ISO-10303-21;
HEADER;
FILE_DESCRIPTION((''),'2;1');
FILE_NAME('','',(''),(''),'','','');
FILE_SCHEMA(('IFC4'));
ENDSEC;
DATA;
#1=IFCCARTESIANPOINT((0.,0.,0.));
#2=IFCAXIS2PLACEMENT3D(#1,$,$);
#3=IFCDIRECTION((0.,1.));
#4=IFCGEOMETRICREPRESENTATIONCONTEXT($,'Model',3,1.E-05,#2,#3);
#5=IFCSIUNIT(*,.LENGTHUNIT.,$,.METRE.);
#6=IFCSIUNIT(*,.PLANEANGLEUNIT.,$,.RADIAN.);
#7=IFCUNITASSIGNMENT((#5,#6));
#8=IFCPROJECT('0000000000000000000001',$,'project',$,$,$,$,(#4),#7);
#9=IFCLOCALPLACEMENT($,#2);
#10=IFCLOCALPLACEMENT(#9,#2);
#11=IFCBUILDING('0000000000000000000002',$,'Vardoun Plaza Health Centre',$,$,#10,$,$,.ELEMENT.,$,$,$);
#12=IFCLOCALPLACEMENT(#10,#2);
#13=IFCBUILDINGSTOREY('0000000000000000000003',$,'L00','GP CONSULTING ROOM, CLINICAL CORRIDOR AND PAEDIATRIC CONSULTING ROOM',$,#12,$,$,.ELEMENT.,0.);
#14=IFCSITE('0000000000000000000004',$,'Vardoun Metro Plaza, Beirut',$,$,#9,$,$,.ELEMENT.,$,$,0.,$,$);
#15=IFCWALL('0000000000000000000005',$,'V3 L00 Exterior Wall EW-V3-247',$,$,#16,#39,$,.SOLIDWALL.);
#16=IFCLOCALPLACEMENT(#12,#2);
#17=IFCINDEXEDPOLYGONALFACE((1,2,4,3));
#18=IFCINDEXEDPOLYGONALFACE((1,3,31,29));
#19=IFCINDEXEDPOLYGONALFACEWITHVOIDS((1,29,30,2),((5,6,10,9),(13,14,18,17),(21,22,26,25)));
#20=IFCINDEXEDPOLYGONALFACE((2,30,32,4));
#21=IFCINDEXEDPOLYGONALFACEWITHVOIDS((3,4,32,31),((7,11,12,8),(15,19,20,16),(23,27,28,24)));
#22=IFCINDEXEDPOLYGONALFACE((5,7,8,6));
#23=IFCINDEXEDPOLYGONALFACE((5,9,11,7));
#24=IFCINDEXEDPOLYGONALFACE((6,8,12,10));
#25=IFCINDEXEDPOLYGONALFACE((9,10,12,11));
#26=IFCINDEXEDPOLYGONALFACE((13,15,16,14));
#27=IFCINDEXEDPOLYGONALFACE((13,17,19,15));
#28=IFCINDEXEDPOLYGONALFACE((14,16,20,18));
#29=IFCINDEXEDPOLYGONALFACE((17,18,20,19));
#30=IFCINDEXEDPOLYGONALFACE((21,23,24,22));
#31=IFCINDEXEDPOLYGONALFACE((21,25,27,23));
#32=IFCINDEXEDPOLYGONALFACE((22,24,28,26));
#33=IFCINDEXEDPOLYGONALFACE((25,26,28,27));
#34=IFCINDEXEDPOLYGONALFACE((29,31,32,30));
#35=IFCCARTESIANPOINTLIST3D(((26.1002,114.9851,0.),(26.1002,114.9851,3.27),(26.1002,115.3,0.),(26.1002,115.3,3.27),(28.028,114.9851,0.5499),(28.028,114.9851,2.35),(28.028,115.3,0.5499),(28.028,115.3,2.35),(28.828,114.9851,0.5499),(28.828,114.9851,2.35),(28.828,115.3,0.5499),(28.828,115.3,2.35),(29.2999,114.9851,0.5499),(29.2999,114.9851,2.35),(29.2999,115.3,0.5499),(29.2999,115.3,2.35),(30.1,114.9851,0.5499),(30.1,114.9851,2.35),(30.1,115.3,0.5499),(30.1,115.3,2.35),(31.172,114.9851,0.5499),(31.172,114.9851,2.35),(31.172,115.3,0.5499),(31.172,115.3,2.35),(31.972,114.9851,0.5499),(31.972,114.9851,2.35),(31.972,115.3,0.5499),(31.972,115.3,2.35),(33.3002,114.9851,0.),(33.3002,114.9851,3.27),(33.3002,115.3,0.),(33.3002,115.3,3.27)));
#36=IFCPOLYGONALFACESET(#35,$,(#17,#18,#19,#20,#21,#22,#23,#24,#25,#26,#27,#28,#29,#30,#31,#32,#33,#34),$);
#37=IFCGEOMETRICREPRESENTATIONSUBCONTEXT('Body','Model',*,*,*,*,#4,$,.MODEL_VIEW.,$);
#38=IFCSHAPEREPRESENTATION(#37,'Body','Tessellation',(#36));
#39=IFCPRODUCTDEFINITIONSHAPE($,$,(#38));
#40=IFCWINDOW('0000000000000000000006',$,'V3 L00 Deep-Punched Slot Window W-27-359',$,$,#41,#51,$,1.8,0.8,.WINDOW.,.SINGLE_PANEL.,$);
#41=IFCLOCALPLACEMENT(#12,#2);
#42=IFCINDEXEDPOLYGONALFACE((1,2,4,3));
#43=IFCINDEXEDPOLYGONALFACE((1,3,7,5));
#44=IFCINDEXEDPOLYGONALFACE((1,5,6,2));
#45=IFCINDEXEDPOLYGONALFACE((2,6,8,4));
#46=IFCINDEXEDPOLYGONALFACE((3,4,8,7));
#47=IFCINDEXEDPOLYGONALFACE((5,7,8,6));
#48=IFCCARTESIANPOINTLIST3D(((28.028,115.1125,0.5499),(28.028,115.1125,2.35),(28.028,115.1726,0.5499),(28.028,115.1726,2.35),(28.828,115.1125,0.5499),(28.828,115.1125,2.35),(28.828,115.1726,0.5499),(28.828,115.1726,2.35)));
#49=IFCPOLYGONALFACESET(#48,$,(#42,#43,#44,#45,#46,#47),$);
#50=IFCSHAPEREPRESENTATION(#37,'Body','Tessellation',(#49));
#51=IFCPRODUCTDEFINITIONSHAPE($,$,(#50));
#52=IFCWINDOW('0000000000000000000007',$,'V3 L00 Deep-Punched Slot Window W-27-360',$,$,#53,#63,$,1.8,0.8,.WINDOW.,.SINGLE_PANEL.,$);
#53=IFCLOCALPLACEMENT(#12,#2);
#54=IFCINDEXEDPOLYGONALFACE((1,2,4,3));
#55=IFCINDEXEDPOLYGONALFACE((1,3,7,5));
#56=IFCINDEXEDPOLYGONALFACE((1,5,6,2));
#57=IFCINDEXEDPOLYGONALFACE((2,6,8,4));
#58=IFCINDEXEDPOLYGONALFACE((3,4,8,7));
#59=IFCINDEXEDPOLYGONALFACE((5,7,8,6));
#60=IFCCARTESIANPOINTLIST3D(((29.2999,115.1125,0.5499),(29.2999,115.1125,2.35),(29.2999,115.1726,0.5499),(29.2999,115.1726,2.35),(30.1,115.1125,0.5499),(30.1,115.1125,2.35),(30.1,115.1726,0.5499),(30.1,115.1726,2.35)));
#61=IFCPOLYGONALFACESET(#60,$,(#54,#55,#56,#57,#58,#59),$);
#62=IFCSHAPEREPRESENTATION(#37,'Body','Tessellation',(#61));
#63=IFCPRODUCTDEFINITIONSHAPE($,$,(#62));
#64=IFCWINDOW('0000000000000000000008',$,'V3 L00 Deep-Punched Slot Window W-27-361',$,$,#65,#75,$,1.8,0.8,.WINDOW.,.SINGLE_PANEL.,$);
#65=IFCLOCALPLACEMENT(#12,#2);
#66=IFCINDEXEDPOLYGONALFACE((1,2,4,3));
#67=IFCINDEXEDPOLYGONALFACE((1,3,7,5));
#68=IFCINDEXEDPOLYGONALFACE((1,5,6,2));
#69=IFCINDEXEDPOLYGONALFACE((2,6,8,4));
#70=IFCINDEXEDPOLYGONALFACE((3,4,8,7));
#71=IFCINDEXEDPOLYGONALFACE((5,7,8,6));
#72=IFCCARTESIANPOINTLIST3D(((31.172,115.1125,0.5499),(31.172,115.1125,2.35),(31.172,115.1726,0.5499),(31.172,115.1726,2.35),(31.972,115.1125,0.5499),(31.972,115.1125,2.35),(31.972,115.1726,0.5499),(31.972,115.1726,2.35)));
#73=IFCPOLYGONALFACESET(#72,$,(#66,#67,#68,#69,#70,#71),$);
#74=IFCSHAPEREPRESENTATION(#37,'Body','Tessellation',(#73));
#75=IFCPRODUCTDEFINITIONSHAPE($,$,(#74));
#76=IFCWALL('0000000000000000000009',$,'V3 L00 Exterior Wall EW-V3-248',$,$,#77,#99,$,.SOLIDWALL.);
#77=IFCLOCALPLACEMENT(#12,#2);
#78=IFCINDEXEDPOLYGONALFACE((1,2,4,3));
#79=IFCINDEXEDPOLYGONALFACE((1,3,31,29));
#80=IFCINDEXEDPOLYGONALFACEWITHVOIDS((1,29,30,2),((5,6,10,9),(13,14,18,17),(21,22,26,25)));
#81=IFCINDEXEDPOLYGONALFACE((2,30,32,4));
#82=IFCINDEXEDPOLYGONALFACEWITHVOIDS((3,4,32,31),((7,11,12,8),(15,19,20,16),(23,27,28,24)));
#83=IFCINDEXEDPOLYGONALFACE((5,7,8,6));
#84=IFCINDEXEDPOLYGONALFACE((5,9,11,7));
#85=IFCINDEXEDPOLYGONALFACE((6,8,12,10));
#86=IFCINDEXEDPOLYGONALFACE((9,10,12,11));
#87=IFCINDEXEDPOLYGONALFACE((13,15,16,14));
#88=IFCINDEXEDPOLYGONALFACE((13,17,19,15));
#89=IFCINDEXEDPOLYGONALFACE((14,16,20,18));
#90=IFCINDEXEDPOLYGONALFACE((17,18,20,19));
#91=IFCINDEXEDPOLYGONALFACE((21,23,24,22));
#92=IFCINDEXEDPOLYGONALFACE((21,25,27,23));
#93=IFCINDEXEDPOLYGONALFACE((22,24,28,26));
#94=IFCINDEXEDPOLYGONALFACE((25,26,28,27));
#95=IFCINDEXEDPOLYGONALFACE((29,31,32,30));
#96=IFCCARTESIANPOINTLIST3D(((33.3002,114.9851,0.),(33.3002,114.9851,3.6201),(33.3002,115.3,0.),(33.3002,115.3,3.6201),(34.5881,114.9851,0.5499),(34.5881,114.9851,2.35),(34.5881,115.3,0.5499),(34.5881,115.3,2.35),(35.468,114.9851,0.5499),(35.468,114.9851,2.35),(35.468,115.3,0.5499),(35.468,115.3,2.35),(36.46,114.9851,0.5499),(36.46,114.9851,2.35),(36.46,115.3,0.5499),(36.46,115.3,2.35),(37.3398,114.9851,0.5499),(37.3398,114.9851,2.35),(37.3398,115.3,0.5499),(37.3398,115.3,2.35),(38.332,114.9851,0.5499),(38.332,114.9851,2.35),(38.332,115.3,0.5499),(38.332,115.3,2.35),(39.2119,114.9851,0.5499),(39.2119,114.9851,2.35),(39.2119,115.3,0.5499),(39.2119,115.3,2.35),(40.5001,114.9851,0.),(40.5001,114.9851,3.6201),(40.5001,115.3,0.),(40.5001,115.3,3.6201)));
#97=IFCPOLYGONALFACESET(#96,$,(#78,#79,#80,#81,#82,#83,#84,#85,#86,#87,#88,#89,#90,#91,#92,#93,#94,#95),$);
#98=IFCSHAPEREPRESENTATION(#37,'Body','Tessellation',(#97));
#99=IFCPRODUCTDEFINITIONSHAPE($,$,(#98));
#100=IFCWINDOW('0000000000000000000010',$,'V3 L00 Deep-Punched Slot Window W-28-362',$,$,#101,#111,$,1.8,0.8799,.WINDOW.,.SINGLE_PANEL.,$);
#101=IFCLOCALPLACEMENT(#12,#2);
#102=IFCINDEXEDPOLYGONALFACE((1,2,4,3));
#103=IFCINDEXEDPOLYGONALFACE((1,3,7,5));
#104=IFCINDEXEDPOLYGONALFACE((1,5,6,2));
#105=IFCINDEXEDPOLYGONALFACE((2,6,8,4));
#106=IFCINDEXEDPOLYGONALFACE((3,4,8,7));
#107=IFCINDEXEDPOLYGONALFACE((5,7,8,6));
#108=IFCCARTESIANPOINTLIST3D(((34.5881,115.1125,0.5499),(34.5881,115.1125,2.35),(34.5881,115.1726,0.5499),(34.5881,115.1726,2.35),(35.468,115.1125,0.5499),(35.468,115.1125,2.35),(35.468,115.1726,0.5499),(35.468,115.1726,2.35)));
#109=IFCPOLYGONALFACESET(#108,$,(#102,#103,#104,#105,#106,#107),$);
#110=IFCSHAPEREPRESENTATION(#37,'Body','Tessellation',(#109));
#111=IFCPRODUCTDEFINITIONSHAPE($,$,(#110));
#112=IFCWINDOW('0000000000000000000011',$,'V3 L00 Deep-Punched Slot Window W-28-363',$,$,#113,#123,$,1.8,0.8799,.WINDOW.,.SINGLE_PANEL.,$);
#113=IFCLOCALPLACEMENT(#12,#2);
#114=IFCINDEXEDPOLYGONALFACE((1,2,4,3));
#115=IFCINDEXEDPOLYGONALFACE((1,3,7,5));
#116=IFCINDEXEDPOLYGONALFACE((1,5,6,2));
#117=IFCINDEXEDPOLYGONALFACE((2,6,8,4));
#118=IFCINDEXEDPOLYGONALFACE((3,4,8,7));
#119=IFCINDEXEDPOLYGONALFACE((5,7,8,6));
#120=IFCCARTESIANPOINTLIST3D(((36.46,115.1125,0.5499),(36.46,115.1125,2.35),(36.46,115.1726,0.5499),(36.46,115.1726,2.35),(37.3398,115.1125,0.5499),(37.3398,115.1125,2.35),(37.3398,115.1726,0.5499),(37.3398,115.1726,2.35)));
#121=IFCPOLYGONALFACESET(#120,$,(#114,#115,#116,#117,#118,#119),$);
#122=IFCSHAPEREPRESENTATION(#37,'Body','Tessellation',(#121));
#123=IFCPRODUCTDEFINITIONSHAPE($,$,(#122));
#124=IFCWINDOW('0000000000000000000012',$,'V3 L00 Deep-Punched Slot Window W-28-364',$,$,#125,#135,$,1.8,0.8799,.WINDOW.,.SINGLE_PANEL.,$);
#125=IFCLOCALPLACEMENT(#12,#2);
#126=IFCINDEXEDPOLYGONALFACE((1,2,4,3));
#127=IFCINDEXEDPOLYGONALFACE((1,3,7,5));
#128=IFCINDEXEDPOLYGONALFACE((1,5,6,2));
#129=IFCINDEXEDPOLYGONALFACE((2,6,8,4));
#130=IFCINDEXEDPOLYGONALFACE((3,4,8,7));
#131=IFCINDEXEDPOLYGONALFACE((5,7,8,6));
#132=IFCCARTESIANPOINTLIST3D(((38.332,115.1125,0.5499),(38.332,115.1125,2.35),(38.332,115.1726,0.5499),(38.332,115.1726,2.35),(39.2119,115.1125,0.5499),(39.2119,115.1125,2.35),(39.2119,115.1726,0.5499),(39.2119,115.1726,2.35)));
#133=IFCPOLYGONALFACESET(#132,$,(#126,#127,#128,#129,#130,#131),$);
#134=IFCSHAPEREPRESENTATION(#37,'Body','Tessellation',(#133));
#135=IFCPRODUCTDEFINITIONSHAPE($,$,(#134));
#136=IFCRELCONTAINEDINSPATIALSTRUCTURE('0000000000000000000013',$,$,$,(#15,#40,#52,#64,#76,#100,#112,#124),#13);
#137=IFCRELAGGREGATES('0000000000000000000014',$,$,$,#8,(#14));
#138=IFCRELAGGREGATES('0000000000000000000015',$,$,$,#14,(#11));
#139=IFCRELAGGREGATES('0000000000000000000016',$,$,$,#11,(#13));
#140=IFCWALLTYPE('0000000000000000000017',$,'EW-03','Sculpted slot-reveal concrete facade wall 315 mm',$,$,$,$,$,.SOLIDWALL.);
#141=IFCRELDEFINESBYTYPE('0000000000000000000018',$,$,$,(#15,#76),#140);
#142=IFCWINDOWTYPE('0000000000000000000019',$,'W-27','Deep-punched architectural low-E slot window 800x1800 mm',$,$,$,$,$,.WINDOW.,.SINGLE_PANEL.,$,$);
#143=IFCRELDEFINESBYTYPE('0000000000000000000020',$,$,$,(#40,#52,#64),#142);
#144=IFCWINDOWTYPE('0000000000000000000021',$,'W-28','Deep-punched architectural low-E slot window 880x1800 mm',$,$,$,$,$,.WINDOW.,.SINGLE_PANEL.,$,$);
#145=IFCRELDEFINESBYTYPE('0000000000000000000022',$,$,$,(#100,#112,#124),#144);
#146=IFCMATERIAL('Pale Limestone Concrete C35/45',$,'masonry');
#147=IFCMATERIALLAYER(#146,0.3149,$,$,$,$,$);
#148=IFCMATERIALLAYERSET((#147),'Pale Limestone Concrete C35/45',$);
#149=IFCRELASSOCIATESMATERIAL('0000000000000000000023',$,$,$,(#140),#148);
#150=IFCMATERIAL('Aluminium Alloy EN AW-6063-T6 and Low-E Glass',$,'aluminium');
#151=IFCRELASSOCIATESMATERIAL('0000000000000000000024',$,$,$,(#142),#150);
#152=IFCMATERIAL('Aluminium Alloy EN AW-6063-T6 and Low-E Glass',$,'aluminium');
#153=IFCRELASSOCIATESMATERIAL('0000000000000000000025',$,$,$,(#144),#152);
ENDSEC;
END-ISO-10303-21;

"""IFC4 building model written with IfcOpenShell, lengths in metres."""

from ifc_helpers import new_model, si_unit, direction, frame, frame_2d, origin, place, context, subcontext, project, spatial, rectangle, extrude, material, layer, layer_set, type_object, element, fill, save


model = new_model("IFC4")

# Units and contexts
model_context = context("Model", 3, precision=1e-05, world=origin(), true_north=direction((0.0, 1.0)))
body_context = subcontext(model_context, "Body", "Model", "MODEL_VIEW")
ifc_project = project(units=[si_unit("LENGTHUNIT", "METRE"), si_unit("PLANEANGLEUNIT", "RADIAN")], contexts=[model_context])

# Site, building, storey
site_placement = place(None, origin())
site = spatial("IfcSite", under=ifc_project, at=site_placement, Name="Vardoun Metro Plaza, Beirut", CompositionType="ELEMENT", RefElevation=0.0)
building_placement = place(site_placement, origin())
building = spatial("IfcBuilding", under=site, at=building_placement, Name="Vardoun Plaza Health Centre", CompositionType="ELEMENT")
storey_placement = place(building_placement, origin())
storey = spatial("IfcBuildingStorey", under=building, at=storey_placement, Name="L00", Description="GP CONSULTING ROOM, CLINICAL CORRIDOR AND PAEDIATRIC CONSULTING ROOM", CompositionType="ELEMENT", Elevation=0.0)

# Walls, openings, windows
ifc_material_1 = material(Name="Pale Limestone Concrete C35/45", Category="masonry")
ifc_layer_1 = layer(ifc_material_1, 0.3149)
ifc_layer_set_1 = layer_set([ifc_layer_1], Name="Pale Limestone Concrete C35/45")
wall_type_1 = type_object("IfcWallType", Name="EW-03", Description="Sculpted slot-reveal concrete facade wall 315 mm", PredefinedType="SOLIDWALL", material=ifc_layer_set_1)
wall_1_placement = place(storey_placement, frame((26.1001, 115.1426, 0.0), z_axis=(0.0, 0.0, 1.0), x_axis=(1.0, 0.0, 0.0)))
wall_1 = element("IfcWall", 1, at=wall_1_placement, inside=storey, type_object=wall_type_1, Name="V3 L00 Exterior Wall EW-V3-247", PredefinedType="SOLIDWALL", context=body_context, shape_type="SweptSolid", body=[
    extrude(rectangle(XDim=7.2, YDim=0.3149, at=frame_2d((3.6001, 0.0))), origin(), (0.0, 0.0, 1.0), 3.27),
])
opening_1_placement = place(wall_1_placement, frame((1.928, 0.0, 0.55)))
opening_1 = element("IfcOpeningElement", 2, at=opening_1_placement, cuts=wall_1, PredefinedType="OPENING", context=body_context, shape_type="SweptSolid", body=[
    extrude(rectangle(XDim=0.8, YDim=1.8, at=frame_2d((0.3999, 0.8999))), frame((0.0, 0.1575, 0.0), z_axis=(0.0, -1.0, 0.0), x_axis=(1.0, 0.0, 0.0)), (0.0, 0.0, 1.0), 0.3149),
])
opening_2_placement = place(wall_1_placement, frame((3.2, 0.0, 0.55)))
opening_2 = element("IfcOpeningElement", 3, at=opening_2_placement, cuts=wall_1, PredefinedType="OPENING", context=body_context, shape_type="SweptSolid", body=[
    extrude(rectangle(XDim=0.8, YDim=1.8, at=frame_2d((0.3999, 0.8999))), frame((0.0, 0.1575, 0.0), z_axis=(0.0, -1.0, 0.0), x_axis=(1.0, 0.0, 0.0)), (0.0, 0.0, 1.0), 0.3149),
])
opening_3_placement = place(wall_1_placement, frame((5.072, 0.0, 0.55)))
opening_3 = element("IfcOpeningElement", 4, at=opening_3_placement, cuts=wall_1, PredefinedType="OPENING", context=body_context, shape_type="SweptSolid", body=[
    extrude(rectangle(XDim=0.8, YDim=1.8, at=frame_2d((0.3999, 0.8999))), frame((0.0, 0.1575, 0.0), z_axis=(0.0, -1.0, 0.0), x_axis=(1.0, 0.0, 0.0)), (0.0, 0.0, 1.0), 0.3149),
])
ifc_material_2 = material(Name="Aluminium Alloy EN AW-6063-T6 and Low-E Glass", Category="aluminium")
window_type_1 = type_object("IfcWindowType", Name="W-27", Description="Deep-punched architectural low-E slot window 800x1800 mm", PartitioningType="SINGLE_PANEL", PredefinedType="WINDOW", material=ifc_material_2)
window_1_placement = place(opening_1_placement, origin())
window_1 = element("IfcWindow", 5, at=window_1_placement, inside=storey, type_object=window_type_1, Name="V3 L00 Deep-Punched Slot Window W-27-359", OverallHeight=1.8, OverallWidth=0.8, PartitioningType="SINGLE_PANEL", PredefinedType="WINDOW", context=body_context, shape_type="SweptSolid", body=[
    extrude(rectangle(XDim=0.8, YDim=1.8, at=frame_2d((0.3999, 0.8999))), frame((0.0, 0.03, 0.0), z_axis=(0.0, -1.0, 0.0), x_axis=(1.0, 0.0, 0.0)), (0.0, 0.0, 1.0), 0.0601),
])
fill(opening_1, window_1)
window_2_placement = place(opening_2_placement, origin())
window_2 = element("IfcWindow", 6, at=window_2_placement, inside=storey, type_object=window_type_1, Name="V3 L00 Deep-Punched Slot Window W-27-360", OverallHeight=1.8, OverallWidth=0.8, PartitioningType="SINGLE_PANEL", PredefinedType="WINDOW", context=body_context, shape_type="SweptSolid", body=[
    extrude(rectangle(XDim=0.8, YDim=1.8, at=frame_2d((0.3999, 0.8999))), frame((0.0, 0.03, 0.0), z_axis=(0.0, -1.0, 0.0), x_axis=(1.0, 0.0, 0.0)), (0.0, 0.0, 1.0), 0.0601),
])
fill(opening_2, window_2)
window_3_placement = place(opening_3_placement, origin())
window_3 = element("IfcWindow", 7, at=window_3_placement, inside=storey, type_object=window_type_1, Name="V3 L00 Deep-Punched Slot Window W-27-361", OverallHeight=1.8, OverallWidth=0.8, PartitioningType="SINGLE_PANEL", PredefinedType="WINDOW", context=body_context, shape_type="SweptSolid", body=[
    extrude(rectangle(XDim=0.8, YDim=1.8, at=frame_2d((0.3999, 0.8999))), frame((0.0, 0.03, 0.0), z_axis=(0.0, -1.0, 0.0), x_axis=(1.0, 0.0, 0.0)), (0.0, 0.0, 1.0), 0.0601),
])
fill(opening_3, window_3)
wall_2_placement = place(storey_placement, frame((33.3, 115.1426, 0.0), z_axis=(0.0, 0.0, 1.0), x_axis=(1.0, 0.0, 0.0)))
wall_2 = element("IfcWall", 8, at=wall_2_placement, inside=storey, type_object=wall_type_1, Name="V3 L00 Exterior Wall EW-V3-248", PredefinedType="SOLIDWALL", context=body_context, shape_type="SweptSolid", body=[
    extrude(rectangle(XDim=7.2, YDim=0.3149, at=frame_2d((3.6001, 0.0))), origin(), (0.0, 0.0, 1.0), 3.6201),
])
opening_4_placement = place(wall_2_placement, frame((1.2881, 0.0, 0.55)))
opening_4 = element("IfcOpeningElement", 9, at=opening_4_placement, cuts=wall_2, PredefinedType="OPENING", context=body_context, shape_type="SweptSolid", body=[
    extrude(rectangle(XDim=0.8799, YDim=1.8, at=frame_2d((0.4399, 0.8999))), frame((0.0, 0.1575, 0.0), z_axis=(0.0, -1.0, 0.0), x_axis=(1.0, 0.0, 0.0)), (0.0, 0.0, 1.0), 0.3149),
])
opening_5_placement = place(wall_2_placement, frame((3.1599, 0.0, 0.55)))
opening_5 = element("IfcOpeningElement", 10, at=opening_5_placement, cuts=wall_2, PredefinedType="OPENING", context=body_context, shape_type="SweptSolid", body=[
    extrude(rectangle(XDim=0.8799, YDim=1.8, at=frame_2d((0.4399, 0.8999))), frame((0.0, 0.1575, 0.0), z_axis=(0.0, -1.0, 0.0), x_axis=(1.0, 0.0, 0.0)), (0.0, 0.0, 1.0), 0.3149),
])
opening_6_placement = place(wall_2_placement, frame((5.032, 0.0, 0.55)))
opening_6 = element("IfcOpeningElement", 11, at=opening_6_placement, cuts=wall_2, PredefinedType="OPENING", context=body_context, shape_type="SweptSolid", body=[
    extrude(rectangle(XDim=0.8799, YDim=1.8, at=frame_2d((0.4399, 0.8999))), frame((0.0, 0.1575, 0.0), z_axis=(0.0, -1.0, 0.0), x_axis=(1.0, 0.0, 0.0)), (0.0, 0.0, 1.0), 0.3149),
])
ifc_material_3 = material(Name="Aluminium Alloy EN AW-6063-T6 and Low-E Glass", Category="aluminium")
window_type_2 = type_object("IfcWindowType", Name="W-28", Description="Deep-punched architectural low-E slot window 880x1800 mm", PartitioningType="SINGLE_PANEL", PredefinedType="WINDOW", material=ifc_material_3)
window_4_placement = place(opening_4_placement, origin())
window_4 = element("IfcWindow", 12, at=window_4_placement, inside=storey, type_object=window_type_2, Name="V3 L00 Deep-Punched Slot Window W-28-362", OverallHeight=1.8, OverallWidth=0.8799, PartitioningType="SINGLE_PANEL", PredefinedType="WINDOW", context=body_context, shape_type="SweptSolid", body=[
    extrude(rectangle(XDim=0.8799, YDim=1.8, at=frame_2d((0.4399, 0.8999))), frame((0.0, 0.03, 0.0), z_axis=(0.0, -1.0, 0.0), x_axis=(1.0, 0.0, 0.0)), (0.0, 0.0, 1.0), 0.0601),
])
fill(opening_4, window_4)
window_5_placement = place(opening_5_placement, origin())
window_5 = element("IfcWindow", 13, at=window_5_placement, inside=storey, type_object=window_type_2, Name="V3 L00 Deep-Punched Slot Window W-28-363", OverallHeight=1.8, OverallWidth=0.8799, PartitioningType="SINGLE_PANEL", PredefinedType="WINDOW", context=body_context, shape_type="SweptSolid", body=[
    extrude(rectangle(XDim=0.8799, YDim=1.8, at=frame_2d((0.4399, 0.8999))), frame((0.0, 0.03, 0.0), z_axis=(0.0, -1.0, 0.0), x_axis=(1.0, 0.0, 0.0)), (0.0, 0.0, 1.0), 0.0601),
])
fill(opening_5, window_5)
window_6_placement = place(opening_6_placement, origin())
window_6 = element("IfcWindow", 14, at=window_6_placement, inside=storey, type_object=window_type_2, Name="V3 L00 Deep-Punched Slot Window W-28-364", OverallHeight=1.8, OverallWidth=0.8799, PartitioningType="SINGLE_PANEL", PredefinedType="WINDOW", context=body_context, shape_type="SweptSolid", body=[
    extrude(rectangle(XDim=0.8799, YDim=1.8, at=frame_2d((0.4399, 0.8999))), frame((0.0, 0.03, 0.0), z_axis=(0.0, -1.0, 0.0), x_axis=(1.0, 0.0, 0.0)), (0.0, 0.0, 1.0), 0.0601),
])
fill(opening_6, window_6)

save(model, "model.ifc")
